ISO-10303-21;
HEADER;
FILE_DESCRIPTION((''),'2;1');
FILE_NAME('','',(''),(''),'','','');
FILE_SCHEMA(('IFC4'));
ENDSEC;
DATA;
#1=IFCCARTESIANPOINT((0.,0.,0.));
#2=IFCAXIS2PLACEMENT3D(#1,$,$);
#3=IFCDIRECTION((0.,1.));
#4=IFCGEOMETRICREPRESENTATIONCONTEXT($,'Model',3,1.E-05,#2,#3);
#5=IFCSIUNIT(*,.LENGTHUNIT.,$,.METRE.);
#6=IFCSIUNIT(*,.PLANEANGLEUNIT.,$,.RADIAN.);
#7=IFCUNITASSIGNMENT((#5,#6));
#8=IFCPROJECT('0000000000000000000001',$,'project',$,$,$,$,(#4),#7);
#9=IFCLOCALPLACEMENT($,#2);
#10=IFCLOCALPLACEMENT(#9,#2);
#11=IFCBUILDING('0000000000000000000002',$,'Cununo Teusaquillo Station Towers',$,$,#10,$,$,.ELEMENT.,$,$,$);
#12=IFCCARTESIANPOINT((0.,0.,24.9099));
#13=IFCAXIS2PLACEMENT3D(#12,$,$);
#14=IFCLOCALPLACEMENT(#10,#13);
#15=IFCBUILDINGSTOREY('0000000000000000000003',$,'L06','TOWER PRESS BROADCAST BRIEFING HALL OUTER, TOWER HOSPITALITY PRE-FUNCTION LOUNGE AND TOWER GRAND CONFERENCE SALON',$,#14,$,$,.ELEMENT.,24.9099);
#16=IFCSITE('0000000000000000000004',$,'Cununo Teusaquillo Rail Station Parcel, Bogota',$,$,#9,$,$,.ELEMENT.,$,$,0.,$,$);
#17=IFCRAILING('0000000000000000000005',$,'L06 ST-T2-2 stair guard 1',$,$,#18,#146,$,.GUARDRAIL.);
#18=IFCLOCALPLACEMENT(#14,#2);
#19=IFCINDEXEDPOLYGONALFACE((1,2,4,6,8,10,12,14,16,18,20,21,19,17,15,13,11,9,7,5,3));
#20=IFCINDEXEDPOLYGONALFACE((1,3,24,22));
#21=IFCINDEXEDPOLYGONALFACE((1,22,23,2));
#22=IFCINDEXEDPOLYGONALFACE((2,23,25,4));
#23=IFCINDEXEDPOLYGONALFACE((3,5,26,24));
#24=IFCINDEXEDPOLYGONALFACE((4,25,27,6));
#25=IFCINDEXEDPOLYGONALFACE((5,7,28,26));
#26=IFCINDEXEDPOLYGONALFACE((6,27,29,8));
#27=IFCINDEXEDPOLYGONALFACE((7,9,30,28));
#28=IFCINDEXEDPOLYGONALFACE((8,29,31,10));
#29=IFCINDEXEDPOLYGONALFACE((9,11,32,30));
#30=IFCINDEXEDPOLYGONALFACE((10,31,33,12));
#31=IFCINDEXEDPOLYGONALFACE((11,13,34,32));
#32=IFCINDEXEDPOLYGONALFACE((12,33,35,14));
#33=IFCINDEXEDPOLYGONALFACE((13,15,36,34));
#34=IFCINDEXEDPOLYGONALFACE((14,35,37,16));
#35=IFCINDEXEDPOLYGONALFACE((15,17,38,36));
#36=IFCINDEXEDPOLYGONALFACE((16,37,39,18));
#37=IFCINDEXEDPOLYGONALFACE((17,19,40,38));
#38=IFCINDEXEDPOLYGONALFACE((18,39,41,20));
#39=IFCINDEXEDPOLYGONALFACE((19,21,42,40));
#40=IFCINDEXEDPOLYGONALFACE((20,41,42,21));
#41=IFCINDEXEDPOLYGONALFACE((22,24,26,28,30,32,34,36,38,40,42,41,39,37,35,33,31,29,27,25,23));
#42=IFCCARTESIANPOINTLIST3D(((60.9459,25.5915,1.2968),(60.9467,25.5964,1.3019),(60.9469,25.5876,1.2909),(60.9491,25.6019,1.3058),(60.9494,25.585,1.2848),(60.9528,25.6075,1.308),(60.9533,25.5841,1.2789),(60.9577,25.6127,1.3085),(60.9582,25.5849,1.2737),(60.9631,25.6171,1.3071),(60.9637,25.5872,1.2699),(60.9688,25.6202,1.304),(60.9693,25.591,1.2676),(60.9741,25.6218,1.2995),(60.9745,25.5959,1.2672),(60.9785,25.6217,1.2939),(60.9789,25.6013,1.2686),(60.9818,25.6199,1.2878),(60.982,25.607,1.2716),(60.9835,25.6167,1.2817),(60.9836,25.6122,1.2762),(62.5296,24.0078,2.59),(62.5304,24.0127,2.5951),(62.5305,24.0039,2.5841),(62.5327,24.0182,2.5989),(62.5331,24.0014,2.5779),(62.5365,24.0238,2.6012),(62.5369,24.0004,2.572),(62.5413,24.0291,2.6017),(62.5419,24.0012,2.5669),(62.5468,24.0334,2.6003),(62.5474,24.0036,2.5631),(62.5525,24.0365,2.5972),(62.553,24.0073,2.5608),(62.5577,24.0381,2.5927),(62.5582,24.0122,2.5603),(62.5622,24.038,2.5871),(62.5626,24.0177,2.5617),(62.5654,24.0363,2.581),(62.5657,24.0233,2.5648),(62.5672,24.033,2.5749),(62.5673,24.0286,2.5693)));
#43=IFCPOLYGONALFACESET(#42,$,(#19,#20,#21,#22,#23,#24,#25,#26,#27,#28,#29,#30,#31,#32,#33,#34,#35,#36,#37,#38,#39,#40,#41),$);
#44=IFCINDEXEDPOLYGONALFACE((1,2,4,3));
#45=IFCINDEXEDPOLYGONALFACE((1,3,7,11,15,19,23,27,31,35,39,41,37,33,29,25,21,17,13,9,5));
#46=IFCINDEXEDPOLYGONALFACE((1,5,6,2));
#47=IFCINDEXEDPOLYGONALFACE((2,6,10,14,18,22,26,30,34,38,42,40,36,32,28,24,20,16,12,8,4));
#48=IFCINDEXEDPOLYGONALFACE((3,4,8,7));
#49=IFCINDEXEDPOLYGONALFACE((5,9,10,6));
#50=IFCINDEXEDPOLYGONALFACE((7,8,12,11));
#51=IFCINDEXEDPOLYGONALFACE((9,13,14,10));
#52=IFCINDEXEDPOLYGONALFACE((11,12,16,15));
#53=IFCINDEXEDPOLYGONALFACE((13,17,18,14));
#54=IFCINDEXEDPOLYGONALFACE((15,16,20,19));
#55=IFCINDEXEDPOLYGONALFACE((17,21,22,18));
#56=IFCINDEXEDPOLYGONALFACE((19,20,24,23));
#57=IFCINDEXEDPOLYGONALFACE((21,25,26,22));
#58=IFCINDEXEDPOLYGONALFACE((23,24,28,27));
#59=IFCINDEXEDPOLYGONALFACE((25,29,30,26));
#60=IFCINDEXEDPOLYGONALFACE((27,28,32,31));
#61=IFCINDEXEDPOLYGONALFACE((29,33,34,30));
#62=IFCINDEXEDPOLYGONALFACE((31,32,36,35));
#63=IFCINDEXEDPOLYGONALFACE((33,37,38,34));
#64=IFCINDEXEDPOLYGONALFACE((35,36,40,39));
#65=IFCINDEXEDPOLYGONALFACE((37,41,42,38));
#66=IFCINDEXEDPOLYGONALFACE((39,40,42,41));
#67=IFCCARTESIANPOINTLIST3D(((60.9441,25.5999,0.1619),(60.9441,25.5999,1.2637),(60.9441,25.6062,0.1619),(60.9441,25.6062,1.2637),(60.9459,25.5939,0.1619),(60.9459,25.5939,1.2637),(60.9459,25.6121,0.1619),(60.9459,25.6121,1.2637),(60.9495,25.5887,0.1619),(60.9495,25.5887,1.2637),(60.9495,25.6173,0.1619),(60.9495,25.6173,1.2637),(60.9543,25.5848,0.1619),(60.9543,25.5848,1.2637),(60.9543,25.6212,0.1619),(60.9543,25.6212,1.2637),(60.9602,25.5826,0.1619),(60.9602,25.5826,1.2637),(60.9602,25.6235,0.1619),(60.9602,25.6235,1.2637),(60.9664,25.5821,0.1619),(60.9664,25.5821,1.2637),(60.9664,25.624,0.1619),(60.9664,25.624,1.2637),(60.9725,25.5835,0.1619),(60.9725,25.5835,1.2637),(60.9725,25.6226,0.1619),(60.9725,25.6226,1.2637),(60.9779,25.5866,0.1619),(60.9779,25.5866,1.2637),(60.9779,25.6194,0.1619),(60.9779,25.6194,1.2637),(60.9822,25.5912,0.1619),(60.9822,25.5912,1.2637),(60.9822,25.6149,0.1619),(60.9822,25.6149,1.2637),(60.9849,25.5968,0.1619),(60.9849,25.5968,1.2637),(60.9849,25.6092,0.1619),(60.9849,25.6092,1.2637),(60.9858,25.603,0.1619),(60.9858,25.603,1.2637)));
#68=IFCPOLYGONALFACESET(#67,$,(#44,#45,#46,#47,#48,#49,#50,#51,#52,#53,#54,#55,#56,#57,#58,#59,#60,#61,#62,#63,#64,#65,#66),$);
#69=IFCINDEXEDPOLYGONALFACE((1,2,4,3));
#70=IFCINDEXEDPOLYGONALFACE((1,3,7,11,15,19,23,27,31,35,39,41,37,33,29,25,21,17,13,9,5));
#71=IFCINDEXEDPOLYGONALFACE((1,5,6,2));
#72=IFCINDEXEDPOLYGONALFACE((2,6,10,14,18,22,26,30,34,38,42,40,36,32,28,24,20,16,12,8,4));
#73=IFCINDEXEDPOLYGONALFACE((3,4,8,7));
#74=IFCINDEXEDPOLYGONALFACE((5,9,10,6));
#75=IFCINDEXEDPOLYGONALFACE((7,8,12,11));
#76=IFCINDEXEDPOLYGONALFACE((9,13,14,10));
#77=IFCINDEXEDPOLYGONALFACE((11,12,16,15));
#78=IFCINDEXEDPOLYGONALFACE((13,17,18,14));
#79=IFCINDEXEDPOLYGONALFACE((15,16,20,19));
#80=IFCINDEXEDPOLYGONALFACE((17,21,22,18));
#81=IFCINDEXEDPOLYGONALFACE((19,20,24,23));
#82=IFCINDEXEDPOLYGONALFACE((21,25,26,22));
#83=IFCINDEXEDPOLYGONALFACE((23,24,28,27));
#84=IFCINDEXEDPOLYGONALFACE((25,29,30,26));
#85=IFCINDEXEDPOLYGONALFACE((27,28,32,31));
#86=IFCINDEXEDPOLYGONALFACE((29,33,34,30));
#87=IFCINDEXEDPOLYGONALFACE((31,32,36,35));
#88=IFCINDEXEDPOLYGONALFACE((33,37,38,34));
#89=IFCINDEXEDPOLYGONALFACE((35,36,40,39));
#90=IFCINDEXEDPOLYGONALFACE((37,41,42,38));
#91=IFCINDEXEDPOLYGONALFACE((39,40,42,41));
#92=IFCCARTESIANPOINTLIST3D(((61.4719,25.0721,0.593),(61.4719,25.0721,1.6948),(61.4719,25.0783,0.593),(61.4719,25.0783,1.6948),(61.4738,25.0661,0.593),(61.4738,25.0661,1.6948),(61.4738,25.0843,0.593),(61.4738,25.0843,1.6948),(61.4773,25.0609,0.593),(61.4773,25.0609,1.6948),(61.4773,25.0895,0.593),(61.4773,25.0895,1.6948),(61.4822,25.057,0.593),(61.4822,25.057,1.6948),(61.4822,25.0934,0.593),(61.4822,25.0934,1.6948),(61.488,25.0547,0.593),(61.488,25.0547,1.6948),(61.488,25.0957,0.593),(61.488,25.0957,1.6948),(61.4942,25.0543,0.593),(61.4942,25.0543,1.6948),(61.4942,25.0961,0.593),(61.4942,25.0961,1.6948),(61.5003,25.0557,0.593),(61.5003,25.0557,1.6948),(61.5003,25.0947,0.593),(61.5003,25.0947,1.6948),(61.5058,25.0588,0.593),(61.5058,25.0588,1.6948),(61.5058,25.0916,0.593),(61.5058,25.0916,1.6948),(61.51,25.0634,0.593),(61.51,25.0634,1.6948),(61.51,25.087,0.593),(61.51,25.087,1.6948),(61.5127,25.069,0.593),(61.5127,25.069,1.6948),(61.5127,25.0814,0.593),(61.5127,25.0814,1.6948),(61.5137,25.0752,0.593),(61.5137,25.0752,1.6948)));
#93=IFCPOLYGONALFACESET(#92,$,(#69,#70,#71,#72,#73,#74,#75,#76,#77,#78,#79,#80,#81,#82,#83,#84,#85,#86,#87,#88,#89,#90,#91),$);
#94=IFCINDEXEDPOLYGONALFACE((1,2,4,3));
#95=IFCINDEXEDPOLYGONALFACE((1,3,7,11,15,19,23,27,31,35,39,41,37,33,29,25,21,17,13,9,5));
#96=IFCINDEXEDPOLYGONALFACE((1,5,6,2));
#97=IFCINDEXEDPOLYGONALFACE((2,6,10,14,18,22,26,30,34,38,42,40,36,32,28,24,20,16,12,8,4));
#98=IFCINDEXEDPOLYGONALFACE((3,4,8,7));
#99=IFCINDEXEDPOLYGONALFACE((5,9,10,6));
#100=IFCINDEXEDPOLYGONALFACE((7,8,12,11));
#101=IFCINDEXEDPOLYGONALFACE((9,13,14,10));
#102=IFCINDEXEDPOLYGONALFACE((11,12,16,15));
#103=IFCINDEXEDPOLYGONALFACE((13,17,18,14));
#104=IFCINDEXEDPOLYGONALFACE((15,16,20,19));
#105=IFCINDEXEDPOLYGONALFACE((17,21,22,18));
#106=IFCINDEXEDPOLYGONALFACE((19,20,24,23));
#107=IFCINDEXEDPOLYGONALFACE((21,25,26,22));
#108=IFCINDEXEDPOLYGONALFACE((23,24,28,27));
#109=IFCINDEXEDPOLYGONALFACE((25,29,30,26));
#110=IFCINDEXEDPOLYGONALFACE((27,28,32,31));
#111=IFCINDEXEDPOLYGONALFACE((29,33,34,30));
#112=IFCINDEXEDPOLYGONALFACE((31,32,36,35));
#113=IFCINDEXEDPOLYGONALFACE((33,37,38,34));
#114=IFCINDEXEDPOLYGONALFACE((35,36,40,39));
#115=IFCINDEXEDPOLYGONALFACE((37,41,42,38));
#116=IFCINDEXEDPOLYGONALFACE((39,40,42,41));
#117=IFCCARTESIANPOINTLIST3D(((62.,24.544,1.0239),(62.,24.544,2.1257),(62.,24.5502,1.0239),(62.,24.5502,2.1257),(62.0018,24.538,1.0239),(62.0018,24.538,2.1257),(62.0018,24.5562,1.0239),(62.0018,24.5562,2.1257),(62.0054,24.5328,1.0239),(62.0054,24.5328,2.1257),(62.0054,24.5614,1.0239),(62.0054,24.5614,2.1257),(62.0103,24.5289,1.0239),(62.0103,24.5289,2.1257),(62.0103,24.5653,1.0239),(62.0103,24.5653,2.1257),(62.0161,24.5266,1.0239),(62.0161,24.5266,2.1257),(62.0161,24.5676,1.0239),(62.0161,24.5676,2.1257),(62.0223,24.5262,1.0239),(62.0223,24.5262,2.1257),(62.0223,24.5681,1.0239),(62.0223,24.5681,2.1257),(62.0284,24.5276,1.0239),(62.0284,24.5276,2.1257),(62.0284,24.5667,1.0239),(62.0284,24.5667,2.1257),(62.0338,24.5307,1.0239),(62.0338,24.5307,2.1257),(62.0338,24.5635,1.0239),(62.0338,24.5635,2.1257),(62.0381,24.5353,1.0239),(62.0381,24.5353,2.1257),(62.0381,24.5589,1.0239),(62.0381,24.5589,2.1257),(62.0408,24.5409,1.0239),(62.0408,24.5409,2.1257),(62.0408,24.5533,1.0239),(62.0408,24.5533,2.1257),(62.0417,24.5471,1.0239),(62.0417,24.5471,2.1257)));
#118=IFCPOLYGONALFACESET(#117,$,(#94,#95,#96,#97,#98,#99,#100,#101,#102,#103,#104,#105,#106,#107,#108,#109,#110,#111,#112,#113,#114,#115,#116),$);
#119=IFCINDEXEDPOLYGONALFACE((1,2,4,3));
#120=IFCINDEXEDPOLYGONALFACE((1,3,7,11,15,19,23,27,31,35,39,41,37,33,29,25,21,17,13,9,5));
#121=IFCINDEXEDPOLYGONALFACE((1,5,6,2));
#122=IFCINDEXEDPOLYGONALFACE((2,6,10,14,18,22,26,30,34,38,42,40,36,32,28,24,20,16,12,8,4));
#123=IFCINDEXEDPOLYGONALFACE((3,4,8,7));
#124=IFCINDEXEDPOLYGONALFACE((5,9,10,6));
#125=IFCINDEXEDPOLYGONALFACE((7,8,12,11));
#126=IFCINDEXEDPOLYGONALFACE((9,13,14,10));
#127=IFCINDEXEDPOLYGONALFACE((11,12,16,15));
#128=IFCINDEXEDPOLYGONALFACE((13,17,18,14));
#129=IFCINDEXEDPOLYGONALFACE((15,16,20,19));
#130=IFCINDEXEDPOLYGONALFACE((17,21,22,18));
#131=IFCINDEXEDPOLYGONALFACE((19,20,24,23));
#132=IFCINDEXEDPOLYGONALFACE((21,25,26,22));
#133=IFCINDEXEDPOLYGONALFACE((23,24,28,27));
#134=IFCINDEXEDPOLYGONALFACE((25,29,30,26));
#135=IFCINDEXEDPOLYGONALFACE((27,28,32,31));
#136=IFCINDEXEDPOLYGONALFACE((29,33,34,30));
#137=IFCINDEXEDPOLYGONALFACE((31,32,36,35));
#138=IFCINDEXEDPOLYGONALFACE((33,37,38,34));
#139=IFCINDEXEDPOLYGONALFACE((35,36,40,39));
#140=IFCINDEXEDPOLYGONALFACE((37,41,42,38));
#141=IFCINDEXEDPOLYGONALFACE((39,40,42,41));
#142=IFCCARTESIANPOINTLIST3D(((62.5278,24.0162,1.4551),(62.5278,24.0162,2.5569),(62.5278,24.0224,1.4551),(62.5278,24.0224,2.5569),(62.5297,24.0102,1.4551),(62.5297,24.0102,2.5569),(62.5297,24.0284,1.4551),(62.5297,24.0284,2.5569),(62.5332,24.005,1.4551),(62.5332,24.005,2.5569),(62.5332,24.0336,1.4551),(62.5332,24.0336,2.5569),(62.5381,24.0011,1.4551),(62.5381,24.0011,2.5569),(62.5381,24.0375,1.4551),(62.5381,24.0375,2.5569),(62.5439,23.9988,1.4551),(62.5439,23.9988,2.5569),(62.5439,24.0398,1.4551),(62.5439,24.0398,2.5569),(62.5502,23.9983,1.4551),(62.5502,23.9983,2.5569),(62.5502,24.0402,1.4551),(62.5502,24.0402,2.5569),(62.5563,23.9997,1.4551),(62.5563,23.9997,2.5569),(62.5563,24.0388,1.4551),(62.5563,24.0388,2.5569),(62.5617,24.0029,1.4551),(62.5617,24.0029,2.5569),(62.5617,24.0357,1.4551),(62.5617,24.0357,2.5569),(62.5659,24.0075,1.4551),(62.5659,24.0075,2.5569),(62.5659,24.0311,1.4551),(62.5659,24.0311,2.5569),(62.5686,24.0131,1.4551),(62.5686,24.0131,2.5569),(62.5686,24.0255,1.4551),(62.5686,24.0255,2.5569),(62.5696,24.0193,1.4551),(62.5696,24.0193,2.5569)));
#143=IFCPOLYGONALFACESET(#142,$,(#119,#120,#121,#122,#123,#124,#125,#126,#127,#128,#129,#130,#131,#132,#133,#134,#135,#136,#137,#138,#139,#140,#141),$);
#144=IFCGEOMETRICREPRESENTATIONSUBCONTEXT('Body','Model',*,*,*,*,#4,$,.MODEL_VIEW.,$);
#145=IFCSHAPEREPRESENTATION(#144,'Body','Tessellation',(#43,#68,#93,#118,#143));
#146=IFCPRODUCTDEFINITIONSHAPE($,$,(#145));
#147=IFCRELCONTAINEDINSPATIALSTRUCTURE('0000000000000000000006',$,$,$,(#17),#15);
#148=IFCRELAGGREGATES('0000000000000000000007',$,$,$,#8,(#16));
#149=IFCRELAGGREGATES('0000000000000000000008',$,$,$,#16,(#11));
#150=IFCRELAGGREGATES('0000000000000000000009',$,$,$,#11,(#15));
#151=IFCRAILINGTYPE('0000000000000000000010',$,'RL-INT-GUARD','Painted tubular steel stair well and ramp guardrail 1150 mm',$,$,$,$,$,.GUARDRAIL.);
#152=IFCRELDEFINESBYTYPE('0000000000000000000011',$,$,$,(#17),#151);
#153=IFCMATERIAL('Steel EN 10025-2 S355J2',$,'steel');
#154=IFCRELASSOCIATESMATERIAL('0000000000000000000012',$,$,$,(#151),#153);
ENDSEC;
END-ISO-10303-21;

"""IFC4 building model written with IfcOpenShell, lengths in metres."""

from ifc_helpers import new_model, si_unit, direction, frame, origin, origin_2d, place, context, subcontext, project, spatial, circle, extrude, material, type_object, element, save


model = new_model("IFC4")

# Units and contexts
model_context = context("Model", 3, precision=1e-05, world=origin(), true_north=direction((0.0, 1.0)))
body_context = subcontext(model_context, "Body", "Model", "MODEL_VIEW")
ifc_project = project(units=[si_unit("LENGTHUNIT", "METRE"), si_unit("PLANEANGLEUNIT", "RADIAN")], contexts=[model_context])

# Site, building, storey
site_placement = place(None, origin())
site = spatial("IfcSite", under=ifc_project, at=site_placement, Name="Cununo Teusaquillo Rail Station Parcel, Bogota", CompositionType="ELEMENT", RefElevation=0.0)
building_placement = place(site_placement, origin())
building = spatial("IfcBuilding", under=site, at=building_placement, Name="Cununo Teusaquillo Station Towers", CompositionType="ELEMENT")
storey_placement = place(building_placement, frame((0.0, 0.0, 24.9099)))
storey = spatial("IfcBuildingStorey", under=building, at=storey_placement, Name="L06", Description="TOWER PRESS BROADCAST BRIEFING HALL OUTER, TOWER HOSPITALITY PRE-FUNCTION LOUNGE AND TOWER GRAND CONFERENCE SALON", CompositionType="ELEMENT", Elevation=24.9099)

# Railing
ifc_material_1 = material(Name="Steel EN 10025-2 S355J2", Category="steel")
railing_type_1 = type_object("IfcRailingType", Name="RL-INT-GUARD", Description="Painted tubular steel stair well and ramp guardrail 1150 mm", PredefinedType="GUARDRAIL", material=ifc_material_1)
railing_1_placement = place(storey_placement, frame((60.9648, 25.603, 0.1619)))
element("IfcRailing", 1, at=railing_1_placement, inside=storey, type_object=railing_type_1, Name="L06 ST-T2-2 stair guard 1", PredefinedType="GUARDRAIL", context=body_context, shape_type="SweptSolid", body=[
    extrude(circle(Radius=0.0239, at=origin_2d()), frame((0.0, 0.0, 1.126), z_axis=(0.612361, -0.612361, 0.500027), x_axis=(0.707107, 0.707107, 0.0)), (0.0, 0.0, 1.0), 2.5862),
    extrude(circle(Radius=0.021, at=origin_2d()), origin(), (0.0, 0.0, 1.0), 1.1018),
    extrude(circle(Radius=0.021, at=origin_2d()), frame((0.5278, -0.5278, 0.4312)), (0.0, 0.0, 1.0), 1.1018),
    extrude(circle(Radius=0.021, at=origin_2d()), frame((1.0559, -1.0559, 0.8621)), (0.0, 0.0, 1.0), 1.1018),
    extrude(circle(Radius=0.021, at=origin_2d()), frame((1.5837, -1.5837, 1.2932)), (0.0, 0.0, 1.0), 1.1018),
])

save(model, "model.ifc")
